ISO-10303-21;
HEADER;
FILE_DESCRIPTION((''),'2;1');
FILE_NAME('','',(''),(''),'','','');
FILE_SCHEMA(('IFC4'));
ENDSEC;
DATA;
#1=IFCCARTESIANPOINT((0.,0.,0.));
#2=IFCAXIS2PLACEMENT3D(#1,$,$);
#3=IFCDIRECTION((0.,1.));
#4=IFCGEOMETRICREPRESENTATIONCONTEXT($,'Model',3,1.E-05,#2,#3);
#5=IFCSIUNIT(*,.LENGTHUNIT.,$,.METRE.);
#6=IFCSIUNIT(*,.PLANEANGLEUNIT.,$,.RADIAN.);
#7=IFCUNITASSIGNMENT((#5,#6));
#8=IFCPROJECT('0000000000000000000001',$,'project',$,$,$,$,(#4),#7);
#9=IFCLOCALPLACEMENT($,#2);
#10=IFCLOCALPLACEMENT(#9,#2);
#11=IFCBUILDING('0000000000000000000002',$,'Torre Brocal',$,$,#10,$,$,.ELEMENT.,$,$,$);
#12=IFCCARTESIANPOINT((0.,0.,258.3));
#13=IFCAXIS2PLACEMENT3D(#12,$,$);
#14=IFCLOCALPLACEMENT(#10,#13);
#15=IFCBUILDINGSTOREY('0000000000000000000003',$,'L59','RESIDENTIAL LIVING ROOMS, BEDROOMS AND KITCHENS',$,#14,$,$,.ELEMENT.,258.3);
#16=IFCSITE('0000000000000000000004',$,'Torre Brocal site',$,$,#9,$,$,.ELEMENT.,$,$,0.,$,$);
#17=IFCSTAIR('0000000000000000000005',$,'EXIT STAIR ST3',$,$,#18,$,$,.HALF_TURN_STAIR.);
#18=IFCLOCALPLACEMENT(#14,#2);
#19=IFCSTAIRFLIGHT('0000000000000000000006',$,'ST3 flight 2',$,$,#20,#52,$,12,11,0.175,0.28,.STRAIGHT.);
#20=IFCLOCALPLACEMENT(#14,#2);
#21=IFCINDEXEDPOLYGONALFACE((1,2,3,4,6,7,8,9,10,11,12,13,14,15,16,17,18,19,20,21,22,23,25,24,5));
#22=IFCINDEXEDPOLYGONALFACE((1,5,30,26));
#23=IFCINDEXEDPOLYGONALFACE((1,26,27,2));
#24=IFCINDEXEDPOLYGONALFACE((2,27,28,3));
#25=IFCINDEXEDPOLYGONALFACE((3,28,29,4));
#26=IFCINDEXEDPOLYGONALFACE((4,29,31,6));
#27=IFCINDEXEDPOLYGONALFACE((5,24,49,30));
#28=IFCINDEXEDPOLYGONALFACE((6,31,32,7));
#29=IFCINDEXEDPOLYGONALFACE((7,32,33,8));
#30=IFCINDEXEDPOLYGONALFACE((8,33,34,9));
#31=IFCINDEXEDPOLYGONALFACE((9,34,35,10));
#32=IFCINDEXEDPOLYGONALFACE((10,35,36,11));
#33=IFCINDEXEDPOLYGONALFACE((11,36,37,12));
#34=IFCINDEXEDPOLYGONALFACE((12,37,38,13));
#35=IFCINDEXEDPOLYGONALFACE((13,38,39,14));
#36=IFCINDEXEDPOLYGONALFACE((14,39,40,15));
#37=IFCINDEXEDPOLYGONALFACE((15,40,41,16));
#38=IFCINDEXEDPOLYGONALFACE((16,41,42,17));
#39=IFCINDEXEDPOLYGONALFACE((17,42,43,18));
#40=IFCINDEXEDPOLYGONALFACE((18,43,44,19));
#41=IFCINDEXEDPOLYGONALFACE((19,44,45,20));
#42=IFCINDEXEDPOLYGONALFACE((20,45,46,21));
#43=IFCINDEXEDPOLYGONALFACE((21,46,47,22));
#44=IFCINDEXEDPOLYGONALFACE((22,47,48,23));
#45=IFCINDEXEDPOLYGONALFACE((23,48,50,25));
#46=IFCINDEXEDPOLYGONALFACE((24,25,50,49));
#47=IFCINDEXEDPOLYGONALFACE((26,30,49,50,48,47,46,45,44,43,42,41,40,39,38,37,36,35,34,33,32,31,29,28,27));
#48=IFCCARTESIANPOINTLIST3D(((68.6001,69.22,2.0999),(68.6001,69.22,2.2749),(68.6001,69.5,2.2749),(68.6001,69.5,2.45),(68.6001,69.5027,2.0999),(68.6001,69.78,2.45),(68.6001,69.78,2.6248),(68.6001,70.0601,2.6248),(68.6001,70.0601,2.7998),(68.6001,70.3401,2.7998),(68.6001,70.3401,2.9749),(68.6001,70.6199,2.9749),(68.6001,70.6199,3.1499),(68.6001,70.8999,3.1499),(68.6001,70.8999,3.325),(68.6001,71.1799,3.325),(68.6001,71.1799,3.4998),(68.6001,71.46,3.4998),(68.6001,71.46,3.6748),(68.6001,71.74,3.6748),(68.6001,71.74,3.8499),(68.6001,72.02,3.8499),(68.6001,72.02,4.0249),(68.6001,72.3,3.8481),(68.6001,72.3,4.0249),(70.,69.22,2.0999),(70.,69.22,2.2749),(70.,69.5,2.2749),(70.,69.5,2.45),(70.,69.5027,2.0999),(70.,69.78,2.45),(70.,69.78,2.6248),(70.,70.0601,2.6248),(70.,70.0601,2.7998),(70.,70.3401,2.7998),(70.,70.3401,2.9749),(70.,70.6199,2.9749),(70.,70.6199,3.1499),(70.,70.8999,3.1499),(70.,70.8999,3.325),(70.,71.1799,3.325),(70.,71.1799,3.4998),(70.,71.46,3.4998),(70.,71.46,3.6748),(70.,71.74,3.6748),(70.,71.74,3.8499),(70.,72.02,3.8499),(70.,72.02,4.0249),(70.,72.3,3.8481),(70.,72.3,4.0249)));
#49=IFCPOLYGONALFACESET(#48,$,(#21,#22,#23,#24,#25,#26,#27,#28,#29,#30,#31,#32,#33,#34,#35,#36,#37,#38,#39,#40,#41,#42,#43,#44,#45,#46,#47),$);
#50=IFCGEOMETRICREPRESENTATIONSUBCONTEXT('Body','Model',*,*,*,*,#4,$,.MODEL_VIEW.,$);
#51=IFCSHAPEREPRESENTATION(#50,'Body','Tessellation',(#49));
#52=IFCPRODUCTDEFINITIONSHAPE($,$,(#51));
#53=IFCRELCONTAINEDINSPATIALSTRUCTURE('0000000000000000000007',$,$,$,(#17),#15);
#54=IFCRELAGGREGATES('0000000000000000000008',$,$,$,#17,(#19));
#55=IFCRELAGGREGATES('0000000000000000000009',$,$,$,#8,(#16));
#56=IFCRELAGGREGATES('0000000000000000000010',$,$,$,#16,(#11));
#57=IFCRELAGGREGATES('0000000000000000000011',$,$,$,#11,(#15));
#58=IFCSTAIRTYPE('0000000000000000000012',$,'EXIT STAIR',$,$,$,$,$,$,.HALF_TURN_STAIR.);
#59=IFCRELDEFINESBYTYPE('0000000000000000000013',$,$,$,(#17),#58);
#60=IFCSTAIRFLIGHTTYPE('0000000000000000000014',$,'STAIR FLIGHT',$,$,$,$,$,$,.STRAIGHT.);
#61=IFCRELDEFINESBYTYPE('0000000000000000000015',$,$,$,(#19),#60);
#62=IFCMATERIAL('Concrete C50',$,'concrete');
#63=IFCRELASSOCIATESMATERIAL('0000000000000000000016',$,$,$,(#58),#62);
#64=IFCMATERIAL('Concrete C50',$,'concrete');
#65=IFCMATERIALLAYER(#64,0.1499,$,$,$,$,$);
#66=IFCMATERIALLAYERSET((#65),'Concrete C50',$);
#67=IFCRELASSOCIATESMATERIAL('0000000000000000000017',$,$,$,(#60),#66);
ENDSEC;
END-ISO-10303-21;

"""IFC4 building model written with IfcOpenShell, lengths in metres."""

from ifc_helpers import new_model, si_unit, direction, frame, origin, place, context, subcontext, project, spatial, polyline, outline, extrude, material, layer, layer_set, type_object, element, aggregate, save


model = new_model("IFC4")

# Units and contexts
model_context = context("Model", 3, precision=1e-05, world=origin(), true_north=direction((0.0, 1.0)))
body_context = subcontext(model_context, "Body", "Model", "MODEL_VIEW")
ifc_project = project(units=[si_unit("LENGTHUNIT", "METRE"), si_unit("PLANEANGLEUNIT", "RADIAN")], contexts=[model_context])

# Site, building, storey
site_placement = place(None, origin())
site = spatial("IfcSite", under=ifc_project, at=site_placement, Name="Torre Brocal site", CompositionType="ELEMENT", RefElevation=0.0)
building_placement = place(site_placement, origin())
building = spatial("IfcBuilding", under=site, at=building_placement, Name="Torre Brocal", CompositionType="ELEMENT")
storey_placement = place(building_placement, frame((0.0, 0.0, 258.3)))
storey = spatial("IfcBuildingStorey", under=building, at=storey_placement, Name="L59", Description="RESIDENTIAL LIVING ROOMS, BEDROOMS AND KITCHENS", CompositionType="ELEMENT", Elevation=258.3)

# Stair, stair flight
ifc_material_1 = material(Name="Concrete C50", Category="concrete")
stair_type = type_object("IfcStairType", Name="EXIT STAIR", PredefinedType="HALF_TURN_STAIR", material=ifc_material_1)
stair_placement = place(storey_placement, origin())
stair = element("IfcStair", 1, at=stair_placement, inside=storey, type_object=stair_type, Name="EXIT STAIR ST3", PredefinedType="HALF_TURN_STAIR")
ifc_material_2 = material(Name="Concrete C50", Category="concrete")
ifc_layer_1 = layer(ifc_material_2, 0.1499)
ifc_layer_set_1 = layer_set([ifc_layer_1], Name="Concrete C50")
stair_flight_type = type_object("IfcStairFlightType", Name="STAIR FLIGHT", PredefinedType="STRAIGHT", material=ifc_layer_set_1)
stair_flight_1_placement = place(storey_placement, frame((69.3, 69.22, 2.0999), z_axis=(0.0, 0.0, 1.0), x_axis=(0.0, 1.0, 0.0)))
stair_flight_1 = element("IfcStairFlight", 2, at=stair_flight_1_placement, type_object=stair_flight_type, Name="ST3 flight 2", NumberOfRisers=12, NumberOfTreads=11, PredefinedType="STRAIGHT", RiserHeight=0.175, TreadLength=0.28, context=body_context, shape_type="SweptSolid", body=[
    extrude(outline(polyline([(0.0, 0.0), (0.0, 0.175), (0.28, 0.175), (0.28, 0.3501), (0.5601, 0.3501), (0.5601, 0.5249), (0.8401, 0.5249), (0.8401, 0.7), (1.1201, 0.7), (1.1201, 0.875), (1.3999, 0.875), (1.3999, 1.05), (1.6799, 1.05), (1.6799, 1.2251), (1.96, 1.2251), (1.96, 1.3999), (2.24, 1.3999), (2.24, 1.575), (2.52, 1.575), (2.52, 1.75), (2.8, 1.75), (2.8, 1.925), (3.0801, 1.925), (3.0801, 2.1001), (3.0801, 1.7483), (0.2827, 0.0), (0.0, 0.0)])), frame((0.0, 0.7, 0.0), z_axis=(0.0, -1.0, 0.0), x_axis=(1.0, 0.0, 0.0)), (0.0, 0.0, 1.0), 1.3999),
])
aggregate(stair, [stair_flight_1])

save(model, "model.ifc")
